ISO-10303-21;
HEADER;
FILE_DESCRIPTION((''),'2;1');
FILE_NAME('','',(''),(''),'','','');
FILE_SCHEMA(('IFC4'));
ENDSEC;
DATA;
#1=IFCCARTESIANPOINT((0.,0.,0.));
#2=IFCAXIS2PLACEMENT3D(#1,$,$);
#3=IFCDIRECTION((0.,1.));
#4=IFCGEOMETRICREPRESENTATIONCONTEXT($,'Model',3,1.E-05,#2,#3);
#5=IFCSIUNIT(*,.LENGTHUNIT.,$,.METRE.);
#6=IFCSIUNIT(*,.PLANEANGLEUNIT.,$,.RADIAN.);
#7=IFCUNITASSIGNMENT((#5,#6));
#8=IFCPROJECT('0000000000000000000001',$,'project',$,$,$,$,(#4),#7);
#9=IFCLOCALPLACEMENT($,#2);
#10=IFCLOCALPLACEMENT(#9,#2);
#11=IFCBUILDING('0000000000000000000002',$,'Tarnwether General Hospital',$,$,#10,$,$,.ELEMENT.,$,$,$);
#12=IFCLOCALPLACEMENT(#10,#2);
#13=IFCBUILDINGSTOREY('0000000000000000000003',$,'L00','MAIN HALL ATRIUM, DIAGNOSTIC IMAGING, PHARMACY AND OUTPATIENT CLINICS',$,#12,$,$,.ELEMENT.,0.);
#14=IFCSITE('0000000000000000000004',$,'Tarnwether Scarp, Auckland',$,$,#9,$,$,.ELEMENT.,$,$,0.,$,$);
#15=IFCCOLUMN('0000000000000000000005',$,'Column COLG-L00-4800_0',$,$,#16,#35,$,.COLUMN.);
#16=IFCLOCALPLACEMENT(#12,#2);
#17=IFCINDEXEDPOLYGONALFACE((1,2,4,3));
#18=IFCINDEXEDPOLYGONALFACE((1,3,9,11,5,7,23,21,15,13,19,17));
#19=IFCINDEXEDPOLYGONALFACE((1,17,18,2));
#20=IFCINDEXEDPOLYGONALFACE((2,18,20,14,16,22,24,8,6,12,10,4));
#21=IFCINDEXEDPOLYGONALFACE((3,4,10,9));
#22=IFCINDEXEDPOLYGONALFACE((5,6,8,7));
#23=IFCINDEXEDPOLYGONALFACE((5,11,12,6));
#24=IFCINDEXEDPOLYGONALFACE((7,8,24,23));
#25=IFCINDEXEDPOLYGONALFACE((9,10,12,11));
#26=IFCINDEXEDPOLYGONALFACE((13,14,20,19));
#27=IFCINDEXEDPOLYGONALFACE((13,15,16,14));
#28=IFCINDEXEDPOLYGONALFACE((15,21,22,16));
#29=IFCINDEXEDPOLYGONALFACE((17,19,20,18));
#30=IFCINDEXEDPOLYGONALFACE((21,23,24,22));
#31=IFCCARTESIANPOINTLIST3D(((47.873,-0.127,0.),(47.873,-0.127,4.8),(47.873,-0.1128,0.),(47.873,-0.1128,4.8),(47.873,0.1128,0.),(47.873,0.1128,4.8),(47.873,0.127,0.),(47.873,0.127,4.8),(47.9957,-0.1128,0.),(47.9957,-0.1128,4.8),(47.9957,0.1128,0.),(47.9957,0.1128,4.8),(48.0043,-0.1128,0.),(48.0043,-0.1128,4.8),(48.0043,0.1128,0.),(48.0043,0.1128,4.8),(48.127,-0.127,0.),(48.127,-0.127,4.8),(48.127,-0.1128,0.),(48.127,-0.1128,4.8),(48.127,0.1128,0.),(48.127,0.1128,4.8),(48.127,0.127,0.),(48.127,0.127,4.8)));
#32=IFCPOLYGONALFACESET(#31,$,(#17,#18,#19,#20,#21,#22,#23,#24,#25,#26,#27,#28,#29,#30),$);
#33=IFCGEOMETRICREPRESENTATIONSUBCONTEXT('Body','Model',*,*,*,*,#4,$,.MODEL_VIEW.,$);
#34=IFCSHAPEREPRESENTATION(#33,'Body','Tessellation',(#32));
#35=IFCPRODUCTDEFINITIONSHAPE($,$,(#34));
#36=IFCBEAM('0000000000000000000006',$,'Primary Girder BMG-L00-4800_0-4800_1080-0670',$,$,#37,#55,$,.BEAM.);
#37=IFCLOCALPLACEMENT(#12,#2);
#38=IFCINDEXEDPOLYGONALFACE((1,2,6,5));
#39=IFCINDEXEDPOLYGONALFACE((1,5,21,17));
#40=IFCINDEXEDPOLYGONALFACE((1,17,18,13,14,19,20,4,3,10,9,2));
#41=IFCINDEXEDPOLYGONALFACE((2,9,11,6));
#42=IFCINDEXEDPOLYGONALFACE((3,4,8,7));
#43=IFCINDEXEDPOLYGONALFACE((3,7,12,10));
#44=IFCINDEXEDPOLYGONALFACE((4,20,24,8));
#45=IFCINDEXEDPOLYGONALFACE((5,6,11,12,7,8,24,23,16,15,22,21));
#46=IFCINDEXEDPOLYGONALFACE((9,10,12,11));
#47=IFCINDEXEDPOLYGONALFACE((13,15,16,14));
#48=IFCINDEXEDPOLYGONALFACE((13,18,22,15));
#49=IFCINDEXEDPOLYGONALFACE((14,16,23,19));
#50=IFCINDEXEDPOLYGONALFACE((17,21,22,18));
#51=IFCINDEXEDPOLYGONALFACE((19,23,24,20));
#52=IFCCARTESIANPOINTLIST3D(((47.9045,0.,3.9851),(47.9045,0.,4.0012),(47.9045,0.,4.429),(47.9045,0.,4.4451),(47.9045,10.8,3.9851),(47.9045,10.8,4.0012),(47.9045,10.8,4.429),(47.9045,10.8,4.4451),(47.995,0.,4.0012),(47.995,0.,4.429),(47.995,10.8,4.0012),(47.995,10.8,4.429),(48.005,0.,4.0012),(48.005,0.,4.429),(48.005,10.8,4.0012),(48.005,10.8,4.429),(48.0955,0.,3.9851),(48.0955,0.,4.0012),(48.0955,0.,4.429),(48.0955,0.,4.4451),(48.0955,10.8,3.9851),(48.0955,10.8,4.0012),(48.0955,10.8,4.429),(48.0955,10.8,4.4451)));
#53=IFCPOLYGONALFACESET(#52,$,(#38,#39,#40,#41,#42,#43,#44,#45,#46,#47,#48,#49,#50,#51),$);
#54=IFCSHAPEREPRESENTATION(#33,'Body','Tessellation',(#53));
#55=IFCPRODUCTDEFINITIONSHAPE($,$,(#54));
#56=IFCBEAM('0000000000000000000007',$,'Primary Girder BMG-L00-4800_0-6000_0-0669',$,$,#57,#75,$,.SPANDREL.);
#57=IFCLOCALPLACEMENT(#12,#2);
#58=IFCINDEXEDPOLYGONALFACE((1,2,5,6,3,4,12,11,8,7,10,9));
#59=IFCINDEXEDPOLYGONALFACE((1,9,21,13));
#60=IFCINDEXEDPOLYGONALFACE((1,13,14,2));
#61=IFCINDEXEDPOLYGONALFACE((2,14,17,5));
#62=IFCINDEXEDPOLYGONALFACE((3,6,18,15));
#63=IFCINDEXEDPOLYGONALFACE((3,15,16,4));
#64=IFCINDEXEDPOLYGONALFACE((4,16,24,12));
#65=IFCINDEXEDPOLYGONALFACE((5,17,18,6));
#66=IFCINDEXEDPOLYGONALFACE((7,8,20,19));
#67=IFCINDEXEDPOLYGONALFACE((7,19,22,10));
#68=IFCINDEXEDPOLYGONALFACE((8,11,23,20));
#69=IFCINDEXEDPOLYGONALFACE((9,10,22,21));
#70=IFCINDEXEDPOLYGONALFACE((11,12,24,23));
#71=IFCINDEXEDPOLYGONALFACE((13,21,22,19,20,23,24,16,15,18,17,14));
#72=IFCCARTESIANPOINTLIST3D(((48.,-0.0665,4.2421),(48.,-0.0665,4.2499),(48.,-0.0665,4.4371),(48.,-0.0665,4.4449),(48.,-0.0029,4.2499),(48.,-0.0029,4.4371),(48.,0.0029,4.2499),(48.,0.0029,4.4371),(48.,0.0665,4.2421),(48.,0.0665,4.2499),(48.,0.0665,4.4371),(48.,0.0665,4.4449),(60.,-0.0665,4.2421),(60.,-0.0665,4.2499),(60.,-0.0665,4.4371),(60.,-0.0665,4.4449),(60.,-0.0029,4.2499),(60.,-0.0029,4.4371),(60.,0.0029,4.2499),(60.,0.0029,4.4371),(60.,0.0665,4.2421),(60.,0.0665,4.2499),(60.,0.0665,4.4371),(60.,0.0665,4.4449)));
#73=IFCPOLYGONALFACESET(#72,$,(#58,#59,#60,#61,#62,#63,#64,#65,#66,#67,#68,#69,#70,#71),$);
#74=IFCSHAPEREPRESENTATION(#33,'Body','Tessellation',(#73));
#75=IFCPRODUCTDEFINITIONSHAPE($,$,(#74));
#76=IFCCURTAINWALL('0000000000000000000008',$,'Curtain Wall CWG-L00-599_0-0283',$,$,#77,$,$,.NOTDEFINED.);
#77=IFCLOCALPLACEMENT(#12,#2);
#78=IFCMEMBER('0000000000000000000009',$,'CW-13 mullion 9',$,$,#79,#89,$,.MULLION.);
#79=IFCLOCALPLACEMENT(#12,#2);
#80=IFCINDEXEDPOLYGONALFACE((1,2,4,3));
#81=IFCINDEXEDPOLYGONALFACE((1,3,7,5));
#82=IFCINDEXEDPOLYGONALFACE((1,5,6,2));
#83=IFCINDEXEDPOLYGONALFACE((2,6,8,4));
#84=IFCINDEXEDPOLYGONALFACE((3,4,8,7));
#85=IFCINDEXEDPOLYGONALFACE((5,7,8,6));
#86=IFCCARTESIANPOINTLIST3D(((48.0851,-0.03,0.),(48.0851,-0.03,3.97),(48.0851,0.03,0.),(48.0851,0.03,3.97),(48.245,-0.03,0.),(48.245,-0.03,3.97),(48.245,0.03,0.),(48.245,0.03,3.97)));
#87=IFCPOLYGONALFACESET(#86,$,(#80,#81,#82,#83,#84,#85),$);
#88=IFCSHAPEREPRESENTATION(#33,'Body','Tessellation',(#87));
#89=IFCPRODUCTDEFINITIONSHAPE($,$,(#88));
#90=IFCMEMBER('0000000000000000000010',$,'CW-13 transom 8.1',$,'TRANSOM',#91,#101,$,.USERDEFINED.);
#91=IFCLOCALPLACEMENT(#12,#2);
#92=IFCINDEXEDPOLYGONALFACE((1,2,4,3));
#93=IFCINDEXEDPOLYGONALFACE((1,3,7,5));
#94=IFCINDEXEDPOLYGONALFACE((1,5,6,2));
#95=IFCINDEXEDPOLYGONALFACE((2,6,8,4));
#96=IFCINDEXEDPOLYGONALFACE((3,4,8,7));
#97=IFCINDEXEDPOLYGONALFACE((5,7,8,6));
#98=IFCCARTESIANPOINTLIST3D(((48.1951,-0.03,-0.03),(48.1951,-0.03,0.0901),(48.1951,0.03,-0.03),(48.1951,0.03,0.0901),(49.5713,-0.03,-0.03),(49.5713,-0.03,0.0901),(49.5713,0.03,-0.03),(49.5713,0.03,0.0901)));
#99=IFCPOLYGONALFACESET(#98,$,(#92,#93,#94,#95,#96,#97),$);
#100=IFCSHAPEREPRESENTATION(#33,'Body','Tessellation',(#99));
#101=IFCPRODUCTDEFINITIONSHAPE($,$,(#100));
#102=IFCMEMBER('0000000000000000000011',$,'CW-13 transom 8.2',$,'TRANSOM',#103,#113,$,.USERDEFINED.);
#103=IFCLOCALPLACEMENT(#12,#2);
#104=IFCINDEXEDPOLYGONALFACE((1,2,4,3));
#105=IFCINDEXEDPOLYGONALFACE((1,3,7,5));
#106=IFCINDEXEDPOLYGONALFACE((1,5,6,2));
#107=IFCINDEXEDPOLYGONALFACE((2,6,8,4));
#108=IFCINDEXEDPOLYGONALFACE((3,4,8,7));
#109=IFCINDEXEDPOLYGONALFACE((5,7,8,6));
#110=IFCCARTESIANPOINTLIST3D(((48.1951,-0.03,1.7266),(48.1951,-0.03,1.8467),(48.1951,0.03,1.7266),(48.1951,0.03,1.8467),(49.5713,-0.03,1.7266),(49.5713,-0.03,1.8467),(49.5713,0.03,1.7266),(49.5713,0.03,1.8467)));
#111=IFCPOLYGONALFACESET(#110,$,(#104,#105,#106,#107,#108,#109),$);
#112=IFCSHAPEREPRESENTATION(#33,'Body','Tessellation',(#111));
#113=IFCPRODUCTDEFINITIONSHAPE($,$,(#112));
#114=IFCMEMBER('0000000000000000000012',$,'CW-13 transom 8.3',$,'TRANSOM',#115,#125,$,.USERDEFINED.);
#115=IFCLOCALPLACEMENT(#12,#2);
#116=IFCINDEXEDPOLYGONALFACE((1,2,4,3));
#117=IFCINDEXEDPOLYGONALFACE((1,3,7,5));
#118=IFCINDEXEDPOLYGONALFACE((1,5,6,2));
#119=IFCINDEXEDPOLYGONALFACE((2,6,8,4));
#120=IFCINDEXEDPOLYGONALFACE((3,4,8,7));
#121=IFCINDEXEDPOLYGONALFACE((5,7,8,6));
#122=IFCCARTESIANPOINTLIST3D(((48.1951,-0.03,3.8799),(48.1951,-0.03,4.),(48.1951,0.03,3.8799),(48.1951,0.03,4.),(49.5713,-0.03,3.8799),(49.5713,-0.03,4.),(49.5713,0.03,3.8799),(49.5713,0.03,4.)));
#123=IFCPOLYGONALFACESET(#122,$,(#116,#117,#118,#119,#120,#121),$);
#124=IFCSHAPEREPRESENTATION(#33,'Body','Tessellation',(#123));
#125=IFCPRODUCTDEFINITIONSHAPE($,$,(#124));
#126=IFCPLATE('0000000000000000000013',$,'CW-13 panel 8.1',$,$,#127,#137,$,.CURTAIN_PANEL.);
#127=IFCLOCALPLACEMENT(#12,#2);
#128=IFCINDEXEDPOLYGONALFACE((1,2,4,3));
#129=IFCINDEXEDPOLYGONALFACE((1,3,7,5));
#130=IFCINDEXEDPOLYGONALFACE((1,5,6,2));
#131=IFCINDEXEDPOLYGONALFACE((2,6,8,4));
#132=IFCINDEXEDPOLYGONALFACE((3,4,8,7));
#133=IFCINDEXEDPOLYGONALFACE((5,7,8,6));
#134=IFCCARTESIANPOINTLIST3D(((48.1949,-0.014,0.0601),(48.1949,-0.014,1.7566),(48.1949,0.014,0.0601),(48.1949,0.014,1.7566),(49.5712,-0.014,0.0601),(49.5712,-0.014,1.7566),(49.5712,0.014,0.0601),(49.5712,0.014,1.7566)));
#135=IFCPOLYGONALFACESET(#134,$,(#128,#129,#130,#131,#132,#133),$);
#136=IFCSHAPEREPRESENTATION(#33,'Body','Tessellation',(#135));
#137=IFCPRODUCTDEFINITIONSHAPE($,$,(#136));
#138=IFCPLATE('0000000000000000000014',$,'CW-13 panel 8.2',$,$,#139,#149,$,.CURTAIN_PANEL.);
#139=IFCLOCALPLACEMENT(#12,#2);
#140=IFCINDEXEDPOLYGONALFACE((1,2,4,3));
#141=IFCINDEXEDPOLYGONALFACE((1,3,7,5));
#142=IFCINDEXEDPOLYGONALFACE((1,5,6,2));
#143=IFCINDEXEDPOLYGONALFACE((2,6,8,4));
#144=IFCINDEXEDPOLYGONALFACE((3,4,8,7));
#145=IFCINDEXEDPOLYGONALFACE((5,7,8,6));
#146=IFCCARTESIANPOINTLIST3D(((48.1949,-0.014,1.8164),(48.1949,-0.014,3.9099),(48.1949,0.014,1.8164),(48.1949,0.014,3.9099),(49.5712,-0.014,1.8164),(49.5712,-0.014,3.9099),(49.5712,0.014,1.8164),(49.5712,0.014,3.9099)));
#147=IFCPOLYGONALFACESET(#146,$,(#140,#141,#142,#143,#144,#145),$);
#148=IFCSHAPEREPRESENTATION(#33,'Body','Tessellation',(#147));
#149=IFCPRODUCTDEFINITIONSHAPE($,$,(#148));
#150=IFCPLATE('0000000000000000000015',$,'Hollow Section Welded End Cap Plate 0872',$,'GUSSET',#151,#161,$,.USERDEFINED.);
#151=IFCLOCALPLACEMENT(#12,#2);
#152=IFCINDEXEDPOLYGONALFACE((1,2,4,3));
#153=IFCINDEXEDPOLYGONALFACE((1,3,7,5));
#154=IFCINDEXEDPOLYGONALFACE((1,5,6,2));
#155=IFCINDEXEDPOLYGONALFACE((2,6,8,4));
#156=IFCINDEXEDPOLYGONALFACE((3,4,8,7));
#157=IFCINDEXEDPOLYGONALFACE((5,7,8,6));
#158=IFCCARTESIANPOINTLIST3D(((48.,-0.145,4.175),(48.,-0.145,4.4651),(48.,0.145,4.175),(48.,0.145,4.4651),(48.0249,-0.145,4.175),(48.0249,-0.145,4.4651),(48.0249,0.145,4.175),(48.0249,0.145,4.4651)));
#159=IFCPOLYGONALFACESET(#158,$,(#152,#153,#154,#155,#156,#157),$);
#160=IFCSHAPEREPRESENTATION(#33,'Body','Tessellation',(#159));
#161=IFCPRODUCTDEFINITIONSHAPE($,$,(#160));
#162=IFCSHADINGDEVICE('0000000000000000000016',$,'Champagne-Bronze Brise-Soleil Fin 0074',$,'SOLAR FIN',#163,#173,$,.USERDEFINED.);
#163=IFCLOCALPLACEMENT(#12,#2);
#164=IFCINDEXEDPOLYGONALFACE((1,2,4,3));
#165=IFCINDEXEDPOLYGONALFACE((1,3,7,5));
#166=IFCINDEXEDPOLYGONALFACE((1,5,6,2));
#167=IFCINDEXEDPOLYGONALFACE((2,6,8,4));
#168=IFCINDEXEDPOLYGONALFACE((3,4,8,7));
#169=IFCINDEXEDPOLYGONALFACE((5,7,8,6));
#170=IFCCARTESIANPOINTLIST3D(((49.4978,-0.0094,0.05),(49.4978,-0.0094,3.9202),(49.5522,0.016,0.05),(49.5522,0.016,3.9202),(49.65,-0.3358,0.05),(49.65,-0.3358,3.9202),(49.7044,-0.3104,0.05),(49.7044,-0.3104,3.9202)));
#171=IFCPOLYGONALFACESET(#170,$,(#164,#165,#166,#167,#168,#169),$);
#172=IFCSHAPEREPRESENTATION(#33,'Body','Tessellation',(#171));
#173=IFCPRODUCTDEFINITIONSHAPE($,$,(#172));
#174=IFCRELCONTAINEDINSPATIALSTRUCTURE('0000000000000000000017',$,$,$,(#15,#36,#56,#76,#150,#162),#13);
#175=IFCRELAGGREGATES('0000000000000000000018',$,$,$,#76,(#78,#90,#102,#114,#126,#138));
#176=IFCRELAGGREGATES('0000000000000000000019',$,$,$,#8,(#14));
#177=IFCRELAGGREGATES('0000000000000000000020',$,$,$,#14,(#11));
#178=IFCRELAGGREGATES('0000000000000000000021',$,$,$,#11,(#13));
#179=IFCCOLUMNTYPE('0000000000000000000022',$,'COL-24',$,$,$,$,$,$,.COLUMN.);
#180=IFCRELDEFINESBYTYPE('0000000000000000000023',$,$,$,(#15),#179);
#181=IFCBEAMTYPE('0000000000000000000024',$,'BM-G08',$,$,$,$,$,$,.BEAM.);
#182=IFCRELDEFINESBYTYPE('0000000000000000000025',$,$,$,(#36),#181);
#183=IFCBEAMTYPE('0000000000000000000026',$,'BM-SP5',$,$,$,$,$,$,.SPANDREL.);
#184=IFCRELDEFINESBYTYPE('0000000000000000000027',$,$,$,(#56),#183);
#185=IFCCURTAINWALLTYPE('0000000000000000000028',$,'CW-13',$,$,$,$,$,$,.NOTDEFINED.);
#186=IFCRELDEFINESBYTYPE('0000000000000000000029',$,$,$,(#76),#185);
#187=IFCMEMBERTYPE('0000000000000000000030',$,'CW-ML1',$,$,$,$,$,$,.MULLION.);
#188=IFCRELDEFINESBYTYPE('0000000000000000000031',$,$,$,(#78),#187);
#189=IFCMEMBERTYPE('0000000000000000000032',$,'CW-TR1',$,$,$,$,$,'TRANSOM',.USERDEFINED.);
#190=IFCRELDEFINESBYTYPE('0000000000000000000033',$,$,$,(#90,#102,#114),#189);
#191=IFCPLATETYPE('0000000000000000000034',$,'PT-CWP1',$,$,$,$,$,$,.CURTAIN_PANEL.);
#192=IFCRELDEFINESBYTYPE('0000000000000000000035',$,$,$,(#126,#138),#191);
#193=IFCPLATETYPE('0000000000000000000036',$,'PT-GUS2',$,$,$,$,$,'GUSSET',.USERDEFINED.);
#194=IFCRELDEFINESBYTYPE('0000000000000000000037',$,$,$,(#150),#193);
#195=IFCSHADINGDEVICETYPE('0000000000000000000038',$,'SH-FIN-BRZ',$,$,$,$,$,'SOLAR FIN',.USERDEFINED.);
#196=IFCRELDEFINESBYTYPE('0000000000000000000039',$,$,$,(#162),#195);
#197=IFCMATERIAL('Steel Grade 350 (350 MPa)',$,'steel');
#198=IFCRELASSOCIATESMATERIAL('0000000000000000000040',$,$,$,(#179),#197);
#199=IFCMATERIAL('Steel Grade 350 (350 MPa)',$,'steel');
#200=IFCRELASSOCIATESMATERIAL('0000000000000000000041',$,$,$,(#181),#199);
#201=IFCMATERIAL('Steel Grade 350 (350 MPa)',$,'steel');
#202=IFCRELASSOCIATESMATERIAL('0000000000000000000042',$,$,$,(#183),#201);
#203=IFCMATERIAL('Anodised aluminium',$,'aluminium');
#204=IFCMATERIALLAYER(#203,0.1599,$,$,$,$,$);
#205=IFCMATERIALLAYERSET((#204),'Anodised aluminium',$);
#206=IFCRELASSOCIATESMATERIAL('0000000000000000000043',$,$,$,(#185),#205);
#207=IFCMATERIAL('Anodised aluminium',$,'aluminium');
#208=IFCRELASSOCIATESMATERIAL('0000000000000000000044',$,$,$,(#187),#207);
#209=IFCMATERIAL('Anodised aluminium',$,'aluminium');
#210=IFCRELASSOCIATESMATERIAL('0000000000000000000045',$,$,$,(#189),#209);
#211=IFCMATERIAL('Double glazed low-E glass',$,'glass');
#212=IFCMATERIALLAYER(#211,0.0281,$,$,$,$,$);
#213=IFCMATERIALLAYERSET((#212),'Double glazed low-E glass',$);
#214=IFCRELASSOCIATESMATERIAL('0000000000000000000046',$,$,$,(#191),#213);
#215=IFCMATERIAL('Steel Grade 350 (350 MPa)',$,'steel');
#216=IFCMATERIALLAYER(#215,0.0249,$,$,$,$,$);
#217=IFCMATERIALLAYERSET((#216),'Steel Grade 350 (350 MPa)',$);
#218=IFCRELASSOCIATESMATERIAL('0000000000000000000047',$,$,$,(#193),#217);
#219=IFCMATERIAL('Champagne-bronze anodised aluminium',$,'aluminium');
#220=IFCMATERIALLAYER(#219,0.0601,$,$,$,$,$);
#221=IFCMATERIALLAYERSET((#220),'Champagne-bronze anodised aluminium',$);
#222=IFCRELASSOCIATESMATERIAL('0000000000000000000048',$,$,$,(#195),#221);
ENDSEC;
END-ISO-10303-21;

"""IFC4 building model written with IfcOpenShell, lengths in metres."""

from ifc_helpers import new_model, si_unit, direction, frame, origin, origin_2d, place, context, subcontext, project, spatial, rectangle, i_section, extrude, material, layer, layer_set, material_profile, profile_set, type_object, element, aggregate, save


model = new_model("IFC4")

# Units and contexts
model_context = context("Model", 3, precision=1e-05, world=origin(), true_north=direction((0.0, 1.0)))
body_context = subcontext(model_context, "Body", "Model", "MODEL_VIEW")
ifc_project = project(units=[si_unit("LENGTHUNIT", "METRE"), si_unit("PLANEANGLEUNIT", "RADIAN")], contexts=[model_context])

# Site, building, storey
site_placement = place(None, origin())
site = spatial("IfcSite", under=ifc_project, at=site_placement, Name="Tarnwether Scarp, Auckland", CompositionType="ELEMENT", RefElevation=0.0)
building_placement = place(site_placement, origin())
building = spatial("IfcBuilding", under=site, at=building_placement, Name="Tarnwether General Hospital", CompositionType="ELEMENT")
storey_placement = place(building_placement, origin())
storey = spatial("IfcBuildingStorey", under=building, at=storey_placement, Name="L00", Description="MAIN HALL ATRIUM, DIAGNOSTIC IMAGING, PHARMACY AND OUTPATIENT CLINICS", CompositionType="ELEMENT", Elevation=0.0)

# Column
ifc_material_1 = material(Name="Steel Grade 350 (350 MPa)", Category="steel")
ifc_material_profile_1 = material_profile(ifc_material_1, i_section(OverallWidth=0.2539, OverallDepth=0.2539, WebThickness=0.0085, FlangeThickness=0.0142, at=origin_2d()), Name="250UC72.9")
ifc_profile_set_1 = profile_set([ifc_material_profile_1], Name="Steel Grade 350 (350 MPa)")
column_type = type_object("IfcColumnType", Name="COL-24", PredefinedType="COLUMN", material=ifc_profile_set_1)
column_placement = place(storey_placement, frame((48.0, 0.0, 0.0), z_axis=(0.0, 0.0, 1.0), x_axis=(1.0, 0.0, 0.0)))
element("IfcColumn", 1, at=column_placement, inside=storey, type_object=column_type, Name="Column COLG-L00-4800_0", PredefinedType="COLUMN", context=body_context, shape_type="SweptSolid", body=[
    extrude(i_section(OverallWidth=0.2539, OverallDepth=0.2539, WebThickness=0.0085, FlangeThickness=0.0142, at=origin_2d()), origin(), (0.0, 0.0, 1.0), 4.8),
])

# Beams
ifc_material_2 = material(Name="Steel Grade 350 (350 MPa)", Category="steel")
ifc_material_profile_2 = material_profile(ifc_material_2, i_section(OverallWidth=0.1909, OverallDepth=0.46, WebThickness=0.01, FlangeThickness=0.0161, at=origin_2d()), Name="460UB82.1")
ifc_profile_set_2 = profile_set([ifc_material_profile_2], Name="Steel Grade 350 (350 MPa)")
beam_type_1 = type_object("IfcBeamType", Name="BM-G08", PredefinedType="BEAM", material=ifc_profile_set_2)
beam_1_placement = place(storey_placement, frame((48.0, 0.0, 4.2151), z_axis=(0.0, 1.0, 0.0), x_axis=(-1.0, 0.0, 0.0)))
element("IfcBeam", 2, at=beam_1_placement, inside=storey, type_object=beam_type_1, Name="Primary Girder BMG-L00-4800_0-4800_1080-0670", PredefinedType="BEAM", context=body_context, shape_type="SweptSolid", body=[
    extrude(i_section(OverallWidth=0.1909, OverallDepth=0.46, WebThickness=0.01, FlangeThickness=0.0161, at=origin_2d()), origin(), (0.0, 0.0, 1.0), 10.8),
])
ifc_material_3 = material(Name="Steel Grade 350 (350 MPa)", Category="steel")
ifc_material_profile_3 = material_profile(ifc_material_3, i_section(OverallWidth=0.1331, OverallDepth=0.2029, WebThickness=0.0059, FlangeThickness=0.0078, at=origin_2d()), Name="200UB25.4")
ifc_profile_set_3 = profile_set([ifc_material_profile_3], Name="Steel Grade 350 (350 MPa)")
beam_type_2 = type_object("IfcBeamType", Name="BM-SP5", PredefinedType="SPANDREL", material=ifc_profile_set_3)
beam_2_placement = place(storey_placement, frame((48.0, 0.0, 4.3435), z_axis=(1.0, 0.0, 0.0), x_axis=(0.0, 1.0, 0.0)))
element("IfcBeam", 3, at=beam_2_placement, inside=storey, type_object=beam_type_2, Name="Primary Girder BMG-L00-4800_0-6000_0-0669", PredefinedType="SPANDREL", context=body_context, shape_type="SweptSolid", body=[
    extrude(i_section(OverallWidth=0.1331, OverallDepth=0.2029, WebThickness=0.0059, FlangeThickness=0.0078, at=origin_2d()), origin(), (0.0, 0.0, 1.0), 12.0),
])

# Curtain wall, members, plates
ifc_material_4 = material(Name="Anodised aluminium", Category="aluminium")
ifc_layer_1 = layer(ifc_material_4, 0.1599)
ifc_layer_set_1 = layer_set([ifc_layer_1], Name="Anodised aluminium")
curtain_wall_type = type_object("IfcCurtainWallType", Name="CW-13", PredefinedType="NOTDEFINED", material=ifc_layer_set_1)
curtain_wall_placement = place(storey_placement, origin())
curtain_wall = element("IfcCurtainWall", 4, at=curtain_wall_placement, inside=storey, type_object=curtain_wall_type, Name="Curtain Wall CWG-L00-599_0-0283", PredefinedType="NOTDEFINED")
ifc_material_5 = material(Name="Anodised aluminium", Category="aluminium")
ifc_material_profile_4 = material_profile(ifc_material_5, rectangle(XDim=0.0601, YDim=0.1599, at=origin_2d()), Name="ALU-MUL-60x160")
ifc_profile_set_4 = profile_set([ifc_material_profile_4], Name="Anodised aluminium")
member_type_1 = type_object("IfcMemberType", Name="CW-ML1", PredefinedType="MULLION", material=ifc_profile_set_4)
member_1_placement = place(storey_placement, frame((48.165, 0.0, 0.0), z_axis=(0.0, 0.0, 1.0), x_axis=(0.0, -1.0, 0.0)))
member_1 = element("IfcMember", 5, at=member_1_placement, type_object=member_type_1, Name="CW-13 mullion 9", PredefinedType="MULLION", context=body_context, shape_type="SweptSolid", body=[
    extrude(rectangle(XDim=0.0601, YDim=0.1599, at=origin_2d()), origin(), (0.0, 0.0, 1.0), 3.97),
])
ifc_material_6 = material(Name="Anodised aluminium", Category="aluminium")
ifc_material_profile_5 = material_profile(ifc_material_6, rectangle(XDim=0.0601, YDim=0.1201, at=origin_2d()), Name="ALU-TRN-60x120")
ifc_profile_set_5 = profile_set([ifc_material_profile_5], Name="Anodised aluminium")
member_type_2 = type_object("IfcMemberType", Name="CW-TR1", ElementType="TRANSOM", PredefinedType="USERDEFINED", material=ifc_profile_set_5)
member_2_placement = place(storey_placement, frame((49.5713, 0.0, 0.03), z_axis=(-1.0, 0.0, 0.0), x_axis=(0.0, -1.0, 0.0)))
member_2 = element("IfcMember", 6, at=member_2_placement, type_object=member_type_2, Name="CW-13 transom 8.1", ObjectType="TRANSOM", PredefinedType="USERDEFINED", context=body_context, shape_type="SweptSolid", body=[
    extrude(rectangle(XDim=0.0601, YDim=0.1201, at=origin_2d()), origin(), (0.0, 0.0, 1.0), 1.3762),
])
member_3_placement = place(storey_placement, frame((49.5713, 0.0, 1.7866), z_axis=(-1.0, 0.0, 0.0), x_axis=(0.0, -1.0, 0.0)))
member_3 = element("IfcMember", 7, at=member_3_placement, type_object=member_type_2, Name="CW-13 transom 8.2", ObjectType="TRANSOM", PredefinedType="USERDEFINED", context=body_context, shape_type="SweptSolid", body=[
    extrude(rectangle(XDim=0.0601, YDim=0.1201, at=origin_2d()), origin(), (0.0, 0.0, 1.0), 1.3762),
])
member_4_placement = place(storey_placement, frame((49.5713, 0.0, 3.9399), z_axis=(-1.0, 0.0, 0.0), x_axis=(0.0, -1.0, 0.0)))
member_4 = element("IfcMember", 8, at=member_4_placement, type_object=member_type_2, Name="CW-13 transom 8.3", ObjectType="TRANSOM", PredefinedType="USERDEFINED", context=body_context, shape_type="SweptSolid", body=[
    extrude(rectangle(XDim=0.0601, YDim=0.1201, at=origin_2d()), origin(), (0.0, 0.0, 1.0), 1.3762),
])
ifc_material_7 = material(Name="Double glazed low-E glass", Category="glass")
ifc_layer_2 = layer(ifc_material_7, 0.0281)
ifc_layer_set_2 = layer_set([ifc_layer_2], Name="Double glazed low-E glass")
plate_type_1 = type_object("IfcPlateType", Name="PT-CWP1", PredefinedType="CURTAIN_PANEL", material=ifc_layer_set_2)
plate_1_placement = place(storey_placement, frame((48.8831, 0.0, 0.0601), z_axis=(0.0, 0.0, 1.0), x_axis=(-1.0, 0.0, 0.0)))
plate_1 = element("IfcPlate", 9, at=plate_1_placement, type_object=plate_type_1, Name="CW-13 panel 8.1", PredefinedType="CURTAIN_PANEL", context=body_context, shape_type="SweptSolid", body=[
    extrude(rectangle(XDim=1.3762, YDim=0.0281, at=origin_2d()), origin(), (0.0, 0.0, 1.0), 1.6965),
])
plate_2_placement = place(storey_placement, frame((48.8831, 0.0, 1.8164), z_axis=(0.0, 0.0, 1.0), x_axis=(-1.0, 0.0, 0.0)))
plate_2 = element("IfcPlate", 10, at=plate_2_placement, type_object=plate_type_1, Name="CW-13 panel 8.2", PredefinedType="CURTAIN_PANEL", context=body_context, shape_type="SweptSolid", body=[
    extrude(rectangle(XDim=1.3762, YDim=0.0281, at=origin_2d()), origin(), (0.0, 0.0, 1.0), 2.0935),
])
aggregate(curtain_wall, [member_1, member_2, member_3, member_4, plate_1, plate_2])

# Plate
ifc_material_8 = material(Name="Steel Grade 350 (350 MPa)", Category="steel")
ifc_layer_3 = layer(ifc_material_8, 0.0249)
ifc_layer_set_3 = layer_set([ifc_layer_3], Name="Steel Grade 350 (350 MPa)")
plate_type_2 = type_object("IfcPlateType", Name="PT-GUS2", ElementType="GUSSET", PredefinedType="USERDEFINED", material=ifc_layer_set_3)
plate_3_placement = place(storey_placement, frame((48.0125, 0.0, 4.175), z_axis=(0.0, 0.0, 1.0), x_axis=(1.0, 0.0, 0.0)))
element("IfcPlate", 11, at=plate_3_placement, inside=storey, type_object=plate_type_2, Name="Hollow Section Welded End Cap Plate 0872", ObjectType="GUSSET", PredefinedType="USERDEFINED", context=body_context, shape_type="SweptSolid", body=[
    extrude(rectangle(XDim=0.0249, YDim=0.29, at=origin_2d()), origin(), (0.0, 0.0, 1.0), 0.29),
])

# Shading device
ifc_material_9 = material(Name="Champagne-bronze anodised aluminium", Category="aluminium")
ifc_layer_4 = layer(ifc_material_9, 0.0601)
ifc_layer_set_4 = layer_set([ifc_layer_4], Name="Champagne-bronze anodised aluminium")
shading_device_type = type_object("IfcShadingDeviceType", Name="SH-FIN-BRZ", ElementType="SOLAR FIN", PredefinedType="USERDEFINED", material=ifc_layer_set_4)
shading_device_placement = place(storey_placement, frame((49.6011, -0.1599, 0.05), z_axis=(0.0, 0.0, 1.0), x_axis=(-0.906308, -0.422618, 0.0)))
element("IfcShadingDevice", 12, at=shading_device_placement, inside=storey, type_object=shading_device_type, Name="Champagne-Bronze Brise-Soleil Fin 0074", ObjectType="SOLAR FIN", PredefinedType="USERDEFINED", context=body_context, shape_type="SweptSolid", body=[
    extrude(rectangle(XDim=0.0601, YDim=0.3601, at=origin_2d()), origin(), (0.0, 0.0, 1.0), 3.8701),
])

save(model, "model.ifc")
